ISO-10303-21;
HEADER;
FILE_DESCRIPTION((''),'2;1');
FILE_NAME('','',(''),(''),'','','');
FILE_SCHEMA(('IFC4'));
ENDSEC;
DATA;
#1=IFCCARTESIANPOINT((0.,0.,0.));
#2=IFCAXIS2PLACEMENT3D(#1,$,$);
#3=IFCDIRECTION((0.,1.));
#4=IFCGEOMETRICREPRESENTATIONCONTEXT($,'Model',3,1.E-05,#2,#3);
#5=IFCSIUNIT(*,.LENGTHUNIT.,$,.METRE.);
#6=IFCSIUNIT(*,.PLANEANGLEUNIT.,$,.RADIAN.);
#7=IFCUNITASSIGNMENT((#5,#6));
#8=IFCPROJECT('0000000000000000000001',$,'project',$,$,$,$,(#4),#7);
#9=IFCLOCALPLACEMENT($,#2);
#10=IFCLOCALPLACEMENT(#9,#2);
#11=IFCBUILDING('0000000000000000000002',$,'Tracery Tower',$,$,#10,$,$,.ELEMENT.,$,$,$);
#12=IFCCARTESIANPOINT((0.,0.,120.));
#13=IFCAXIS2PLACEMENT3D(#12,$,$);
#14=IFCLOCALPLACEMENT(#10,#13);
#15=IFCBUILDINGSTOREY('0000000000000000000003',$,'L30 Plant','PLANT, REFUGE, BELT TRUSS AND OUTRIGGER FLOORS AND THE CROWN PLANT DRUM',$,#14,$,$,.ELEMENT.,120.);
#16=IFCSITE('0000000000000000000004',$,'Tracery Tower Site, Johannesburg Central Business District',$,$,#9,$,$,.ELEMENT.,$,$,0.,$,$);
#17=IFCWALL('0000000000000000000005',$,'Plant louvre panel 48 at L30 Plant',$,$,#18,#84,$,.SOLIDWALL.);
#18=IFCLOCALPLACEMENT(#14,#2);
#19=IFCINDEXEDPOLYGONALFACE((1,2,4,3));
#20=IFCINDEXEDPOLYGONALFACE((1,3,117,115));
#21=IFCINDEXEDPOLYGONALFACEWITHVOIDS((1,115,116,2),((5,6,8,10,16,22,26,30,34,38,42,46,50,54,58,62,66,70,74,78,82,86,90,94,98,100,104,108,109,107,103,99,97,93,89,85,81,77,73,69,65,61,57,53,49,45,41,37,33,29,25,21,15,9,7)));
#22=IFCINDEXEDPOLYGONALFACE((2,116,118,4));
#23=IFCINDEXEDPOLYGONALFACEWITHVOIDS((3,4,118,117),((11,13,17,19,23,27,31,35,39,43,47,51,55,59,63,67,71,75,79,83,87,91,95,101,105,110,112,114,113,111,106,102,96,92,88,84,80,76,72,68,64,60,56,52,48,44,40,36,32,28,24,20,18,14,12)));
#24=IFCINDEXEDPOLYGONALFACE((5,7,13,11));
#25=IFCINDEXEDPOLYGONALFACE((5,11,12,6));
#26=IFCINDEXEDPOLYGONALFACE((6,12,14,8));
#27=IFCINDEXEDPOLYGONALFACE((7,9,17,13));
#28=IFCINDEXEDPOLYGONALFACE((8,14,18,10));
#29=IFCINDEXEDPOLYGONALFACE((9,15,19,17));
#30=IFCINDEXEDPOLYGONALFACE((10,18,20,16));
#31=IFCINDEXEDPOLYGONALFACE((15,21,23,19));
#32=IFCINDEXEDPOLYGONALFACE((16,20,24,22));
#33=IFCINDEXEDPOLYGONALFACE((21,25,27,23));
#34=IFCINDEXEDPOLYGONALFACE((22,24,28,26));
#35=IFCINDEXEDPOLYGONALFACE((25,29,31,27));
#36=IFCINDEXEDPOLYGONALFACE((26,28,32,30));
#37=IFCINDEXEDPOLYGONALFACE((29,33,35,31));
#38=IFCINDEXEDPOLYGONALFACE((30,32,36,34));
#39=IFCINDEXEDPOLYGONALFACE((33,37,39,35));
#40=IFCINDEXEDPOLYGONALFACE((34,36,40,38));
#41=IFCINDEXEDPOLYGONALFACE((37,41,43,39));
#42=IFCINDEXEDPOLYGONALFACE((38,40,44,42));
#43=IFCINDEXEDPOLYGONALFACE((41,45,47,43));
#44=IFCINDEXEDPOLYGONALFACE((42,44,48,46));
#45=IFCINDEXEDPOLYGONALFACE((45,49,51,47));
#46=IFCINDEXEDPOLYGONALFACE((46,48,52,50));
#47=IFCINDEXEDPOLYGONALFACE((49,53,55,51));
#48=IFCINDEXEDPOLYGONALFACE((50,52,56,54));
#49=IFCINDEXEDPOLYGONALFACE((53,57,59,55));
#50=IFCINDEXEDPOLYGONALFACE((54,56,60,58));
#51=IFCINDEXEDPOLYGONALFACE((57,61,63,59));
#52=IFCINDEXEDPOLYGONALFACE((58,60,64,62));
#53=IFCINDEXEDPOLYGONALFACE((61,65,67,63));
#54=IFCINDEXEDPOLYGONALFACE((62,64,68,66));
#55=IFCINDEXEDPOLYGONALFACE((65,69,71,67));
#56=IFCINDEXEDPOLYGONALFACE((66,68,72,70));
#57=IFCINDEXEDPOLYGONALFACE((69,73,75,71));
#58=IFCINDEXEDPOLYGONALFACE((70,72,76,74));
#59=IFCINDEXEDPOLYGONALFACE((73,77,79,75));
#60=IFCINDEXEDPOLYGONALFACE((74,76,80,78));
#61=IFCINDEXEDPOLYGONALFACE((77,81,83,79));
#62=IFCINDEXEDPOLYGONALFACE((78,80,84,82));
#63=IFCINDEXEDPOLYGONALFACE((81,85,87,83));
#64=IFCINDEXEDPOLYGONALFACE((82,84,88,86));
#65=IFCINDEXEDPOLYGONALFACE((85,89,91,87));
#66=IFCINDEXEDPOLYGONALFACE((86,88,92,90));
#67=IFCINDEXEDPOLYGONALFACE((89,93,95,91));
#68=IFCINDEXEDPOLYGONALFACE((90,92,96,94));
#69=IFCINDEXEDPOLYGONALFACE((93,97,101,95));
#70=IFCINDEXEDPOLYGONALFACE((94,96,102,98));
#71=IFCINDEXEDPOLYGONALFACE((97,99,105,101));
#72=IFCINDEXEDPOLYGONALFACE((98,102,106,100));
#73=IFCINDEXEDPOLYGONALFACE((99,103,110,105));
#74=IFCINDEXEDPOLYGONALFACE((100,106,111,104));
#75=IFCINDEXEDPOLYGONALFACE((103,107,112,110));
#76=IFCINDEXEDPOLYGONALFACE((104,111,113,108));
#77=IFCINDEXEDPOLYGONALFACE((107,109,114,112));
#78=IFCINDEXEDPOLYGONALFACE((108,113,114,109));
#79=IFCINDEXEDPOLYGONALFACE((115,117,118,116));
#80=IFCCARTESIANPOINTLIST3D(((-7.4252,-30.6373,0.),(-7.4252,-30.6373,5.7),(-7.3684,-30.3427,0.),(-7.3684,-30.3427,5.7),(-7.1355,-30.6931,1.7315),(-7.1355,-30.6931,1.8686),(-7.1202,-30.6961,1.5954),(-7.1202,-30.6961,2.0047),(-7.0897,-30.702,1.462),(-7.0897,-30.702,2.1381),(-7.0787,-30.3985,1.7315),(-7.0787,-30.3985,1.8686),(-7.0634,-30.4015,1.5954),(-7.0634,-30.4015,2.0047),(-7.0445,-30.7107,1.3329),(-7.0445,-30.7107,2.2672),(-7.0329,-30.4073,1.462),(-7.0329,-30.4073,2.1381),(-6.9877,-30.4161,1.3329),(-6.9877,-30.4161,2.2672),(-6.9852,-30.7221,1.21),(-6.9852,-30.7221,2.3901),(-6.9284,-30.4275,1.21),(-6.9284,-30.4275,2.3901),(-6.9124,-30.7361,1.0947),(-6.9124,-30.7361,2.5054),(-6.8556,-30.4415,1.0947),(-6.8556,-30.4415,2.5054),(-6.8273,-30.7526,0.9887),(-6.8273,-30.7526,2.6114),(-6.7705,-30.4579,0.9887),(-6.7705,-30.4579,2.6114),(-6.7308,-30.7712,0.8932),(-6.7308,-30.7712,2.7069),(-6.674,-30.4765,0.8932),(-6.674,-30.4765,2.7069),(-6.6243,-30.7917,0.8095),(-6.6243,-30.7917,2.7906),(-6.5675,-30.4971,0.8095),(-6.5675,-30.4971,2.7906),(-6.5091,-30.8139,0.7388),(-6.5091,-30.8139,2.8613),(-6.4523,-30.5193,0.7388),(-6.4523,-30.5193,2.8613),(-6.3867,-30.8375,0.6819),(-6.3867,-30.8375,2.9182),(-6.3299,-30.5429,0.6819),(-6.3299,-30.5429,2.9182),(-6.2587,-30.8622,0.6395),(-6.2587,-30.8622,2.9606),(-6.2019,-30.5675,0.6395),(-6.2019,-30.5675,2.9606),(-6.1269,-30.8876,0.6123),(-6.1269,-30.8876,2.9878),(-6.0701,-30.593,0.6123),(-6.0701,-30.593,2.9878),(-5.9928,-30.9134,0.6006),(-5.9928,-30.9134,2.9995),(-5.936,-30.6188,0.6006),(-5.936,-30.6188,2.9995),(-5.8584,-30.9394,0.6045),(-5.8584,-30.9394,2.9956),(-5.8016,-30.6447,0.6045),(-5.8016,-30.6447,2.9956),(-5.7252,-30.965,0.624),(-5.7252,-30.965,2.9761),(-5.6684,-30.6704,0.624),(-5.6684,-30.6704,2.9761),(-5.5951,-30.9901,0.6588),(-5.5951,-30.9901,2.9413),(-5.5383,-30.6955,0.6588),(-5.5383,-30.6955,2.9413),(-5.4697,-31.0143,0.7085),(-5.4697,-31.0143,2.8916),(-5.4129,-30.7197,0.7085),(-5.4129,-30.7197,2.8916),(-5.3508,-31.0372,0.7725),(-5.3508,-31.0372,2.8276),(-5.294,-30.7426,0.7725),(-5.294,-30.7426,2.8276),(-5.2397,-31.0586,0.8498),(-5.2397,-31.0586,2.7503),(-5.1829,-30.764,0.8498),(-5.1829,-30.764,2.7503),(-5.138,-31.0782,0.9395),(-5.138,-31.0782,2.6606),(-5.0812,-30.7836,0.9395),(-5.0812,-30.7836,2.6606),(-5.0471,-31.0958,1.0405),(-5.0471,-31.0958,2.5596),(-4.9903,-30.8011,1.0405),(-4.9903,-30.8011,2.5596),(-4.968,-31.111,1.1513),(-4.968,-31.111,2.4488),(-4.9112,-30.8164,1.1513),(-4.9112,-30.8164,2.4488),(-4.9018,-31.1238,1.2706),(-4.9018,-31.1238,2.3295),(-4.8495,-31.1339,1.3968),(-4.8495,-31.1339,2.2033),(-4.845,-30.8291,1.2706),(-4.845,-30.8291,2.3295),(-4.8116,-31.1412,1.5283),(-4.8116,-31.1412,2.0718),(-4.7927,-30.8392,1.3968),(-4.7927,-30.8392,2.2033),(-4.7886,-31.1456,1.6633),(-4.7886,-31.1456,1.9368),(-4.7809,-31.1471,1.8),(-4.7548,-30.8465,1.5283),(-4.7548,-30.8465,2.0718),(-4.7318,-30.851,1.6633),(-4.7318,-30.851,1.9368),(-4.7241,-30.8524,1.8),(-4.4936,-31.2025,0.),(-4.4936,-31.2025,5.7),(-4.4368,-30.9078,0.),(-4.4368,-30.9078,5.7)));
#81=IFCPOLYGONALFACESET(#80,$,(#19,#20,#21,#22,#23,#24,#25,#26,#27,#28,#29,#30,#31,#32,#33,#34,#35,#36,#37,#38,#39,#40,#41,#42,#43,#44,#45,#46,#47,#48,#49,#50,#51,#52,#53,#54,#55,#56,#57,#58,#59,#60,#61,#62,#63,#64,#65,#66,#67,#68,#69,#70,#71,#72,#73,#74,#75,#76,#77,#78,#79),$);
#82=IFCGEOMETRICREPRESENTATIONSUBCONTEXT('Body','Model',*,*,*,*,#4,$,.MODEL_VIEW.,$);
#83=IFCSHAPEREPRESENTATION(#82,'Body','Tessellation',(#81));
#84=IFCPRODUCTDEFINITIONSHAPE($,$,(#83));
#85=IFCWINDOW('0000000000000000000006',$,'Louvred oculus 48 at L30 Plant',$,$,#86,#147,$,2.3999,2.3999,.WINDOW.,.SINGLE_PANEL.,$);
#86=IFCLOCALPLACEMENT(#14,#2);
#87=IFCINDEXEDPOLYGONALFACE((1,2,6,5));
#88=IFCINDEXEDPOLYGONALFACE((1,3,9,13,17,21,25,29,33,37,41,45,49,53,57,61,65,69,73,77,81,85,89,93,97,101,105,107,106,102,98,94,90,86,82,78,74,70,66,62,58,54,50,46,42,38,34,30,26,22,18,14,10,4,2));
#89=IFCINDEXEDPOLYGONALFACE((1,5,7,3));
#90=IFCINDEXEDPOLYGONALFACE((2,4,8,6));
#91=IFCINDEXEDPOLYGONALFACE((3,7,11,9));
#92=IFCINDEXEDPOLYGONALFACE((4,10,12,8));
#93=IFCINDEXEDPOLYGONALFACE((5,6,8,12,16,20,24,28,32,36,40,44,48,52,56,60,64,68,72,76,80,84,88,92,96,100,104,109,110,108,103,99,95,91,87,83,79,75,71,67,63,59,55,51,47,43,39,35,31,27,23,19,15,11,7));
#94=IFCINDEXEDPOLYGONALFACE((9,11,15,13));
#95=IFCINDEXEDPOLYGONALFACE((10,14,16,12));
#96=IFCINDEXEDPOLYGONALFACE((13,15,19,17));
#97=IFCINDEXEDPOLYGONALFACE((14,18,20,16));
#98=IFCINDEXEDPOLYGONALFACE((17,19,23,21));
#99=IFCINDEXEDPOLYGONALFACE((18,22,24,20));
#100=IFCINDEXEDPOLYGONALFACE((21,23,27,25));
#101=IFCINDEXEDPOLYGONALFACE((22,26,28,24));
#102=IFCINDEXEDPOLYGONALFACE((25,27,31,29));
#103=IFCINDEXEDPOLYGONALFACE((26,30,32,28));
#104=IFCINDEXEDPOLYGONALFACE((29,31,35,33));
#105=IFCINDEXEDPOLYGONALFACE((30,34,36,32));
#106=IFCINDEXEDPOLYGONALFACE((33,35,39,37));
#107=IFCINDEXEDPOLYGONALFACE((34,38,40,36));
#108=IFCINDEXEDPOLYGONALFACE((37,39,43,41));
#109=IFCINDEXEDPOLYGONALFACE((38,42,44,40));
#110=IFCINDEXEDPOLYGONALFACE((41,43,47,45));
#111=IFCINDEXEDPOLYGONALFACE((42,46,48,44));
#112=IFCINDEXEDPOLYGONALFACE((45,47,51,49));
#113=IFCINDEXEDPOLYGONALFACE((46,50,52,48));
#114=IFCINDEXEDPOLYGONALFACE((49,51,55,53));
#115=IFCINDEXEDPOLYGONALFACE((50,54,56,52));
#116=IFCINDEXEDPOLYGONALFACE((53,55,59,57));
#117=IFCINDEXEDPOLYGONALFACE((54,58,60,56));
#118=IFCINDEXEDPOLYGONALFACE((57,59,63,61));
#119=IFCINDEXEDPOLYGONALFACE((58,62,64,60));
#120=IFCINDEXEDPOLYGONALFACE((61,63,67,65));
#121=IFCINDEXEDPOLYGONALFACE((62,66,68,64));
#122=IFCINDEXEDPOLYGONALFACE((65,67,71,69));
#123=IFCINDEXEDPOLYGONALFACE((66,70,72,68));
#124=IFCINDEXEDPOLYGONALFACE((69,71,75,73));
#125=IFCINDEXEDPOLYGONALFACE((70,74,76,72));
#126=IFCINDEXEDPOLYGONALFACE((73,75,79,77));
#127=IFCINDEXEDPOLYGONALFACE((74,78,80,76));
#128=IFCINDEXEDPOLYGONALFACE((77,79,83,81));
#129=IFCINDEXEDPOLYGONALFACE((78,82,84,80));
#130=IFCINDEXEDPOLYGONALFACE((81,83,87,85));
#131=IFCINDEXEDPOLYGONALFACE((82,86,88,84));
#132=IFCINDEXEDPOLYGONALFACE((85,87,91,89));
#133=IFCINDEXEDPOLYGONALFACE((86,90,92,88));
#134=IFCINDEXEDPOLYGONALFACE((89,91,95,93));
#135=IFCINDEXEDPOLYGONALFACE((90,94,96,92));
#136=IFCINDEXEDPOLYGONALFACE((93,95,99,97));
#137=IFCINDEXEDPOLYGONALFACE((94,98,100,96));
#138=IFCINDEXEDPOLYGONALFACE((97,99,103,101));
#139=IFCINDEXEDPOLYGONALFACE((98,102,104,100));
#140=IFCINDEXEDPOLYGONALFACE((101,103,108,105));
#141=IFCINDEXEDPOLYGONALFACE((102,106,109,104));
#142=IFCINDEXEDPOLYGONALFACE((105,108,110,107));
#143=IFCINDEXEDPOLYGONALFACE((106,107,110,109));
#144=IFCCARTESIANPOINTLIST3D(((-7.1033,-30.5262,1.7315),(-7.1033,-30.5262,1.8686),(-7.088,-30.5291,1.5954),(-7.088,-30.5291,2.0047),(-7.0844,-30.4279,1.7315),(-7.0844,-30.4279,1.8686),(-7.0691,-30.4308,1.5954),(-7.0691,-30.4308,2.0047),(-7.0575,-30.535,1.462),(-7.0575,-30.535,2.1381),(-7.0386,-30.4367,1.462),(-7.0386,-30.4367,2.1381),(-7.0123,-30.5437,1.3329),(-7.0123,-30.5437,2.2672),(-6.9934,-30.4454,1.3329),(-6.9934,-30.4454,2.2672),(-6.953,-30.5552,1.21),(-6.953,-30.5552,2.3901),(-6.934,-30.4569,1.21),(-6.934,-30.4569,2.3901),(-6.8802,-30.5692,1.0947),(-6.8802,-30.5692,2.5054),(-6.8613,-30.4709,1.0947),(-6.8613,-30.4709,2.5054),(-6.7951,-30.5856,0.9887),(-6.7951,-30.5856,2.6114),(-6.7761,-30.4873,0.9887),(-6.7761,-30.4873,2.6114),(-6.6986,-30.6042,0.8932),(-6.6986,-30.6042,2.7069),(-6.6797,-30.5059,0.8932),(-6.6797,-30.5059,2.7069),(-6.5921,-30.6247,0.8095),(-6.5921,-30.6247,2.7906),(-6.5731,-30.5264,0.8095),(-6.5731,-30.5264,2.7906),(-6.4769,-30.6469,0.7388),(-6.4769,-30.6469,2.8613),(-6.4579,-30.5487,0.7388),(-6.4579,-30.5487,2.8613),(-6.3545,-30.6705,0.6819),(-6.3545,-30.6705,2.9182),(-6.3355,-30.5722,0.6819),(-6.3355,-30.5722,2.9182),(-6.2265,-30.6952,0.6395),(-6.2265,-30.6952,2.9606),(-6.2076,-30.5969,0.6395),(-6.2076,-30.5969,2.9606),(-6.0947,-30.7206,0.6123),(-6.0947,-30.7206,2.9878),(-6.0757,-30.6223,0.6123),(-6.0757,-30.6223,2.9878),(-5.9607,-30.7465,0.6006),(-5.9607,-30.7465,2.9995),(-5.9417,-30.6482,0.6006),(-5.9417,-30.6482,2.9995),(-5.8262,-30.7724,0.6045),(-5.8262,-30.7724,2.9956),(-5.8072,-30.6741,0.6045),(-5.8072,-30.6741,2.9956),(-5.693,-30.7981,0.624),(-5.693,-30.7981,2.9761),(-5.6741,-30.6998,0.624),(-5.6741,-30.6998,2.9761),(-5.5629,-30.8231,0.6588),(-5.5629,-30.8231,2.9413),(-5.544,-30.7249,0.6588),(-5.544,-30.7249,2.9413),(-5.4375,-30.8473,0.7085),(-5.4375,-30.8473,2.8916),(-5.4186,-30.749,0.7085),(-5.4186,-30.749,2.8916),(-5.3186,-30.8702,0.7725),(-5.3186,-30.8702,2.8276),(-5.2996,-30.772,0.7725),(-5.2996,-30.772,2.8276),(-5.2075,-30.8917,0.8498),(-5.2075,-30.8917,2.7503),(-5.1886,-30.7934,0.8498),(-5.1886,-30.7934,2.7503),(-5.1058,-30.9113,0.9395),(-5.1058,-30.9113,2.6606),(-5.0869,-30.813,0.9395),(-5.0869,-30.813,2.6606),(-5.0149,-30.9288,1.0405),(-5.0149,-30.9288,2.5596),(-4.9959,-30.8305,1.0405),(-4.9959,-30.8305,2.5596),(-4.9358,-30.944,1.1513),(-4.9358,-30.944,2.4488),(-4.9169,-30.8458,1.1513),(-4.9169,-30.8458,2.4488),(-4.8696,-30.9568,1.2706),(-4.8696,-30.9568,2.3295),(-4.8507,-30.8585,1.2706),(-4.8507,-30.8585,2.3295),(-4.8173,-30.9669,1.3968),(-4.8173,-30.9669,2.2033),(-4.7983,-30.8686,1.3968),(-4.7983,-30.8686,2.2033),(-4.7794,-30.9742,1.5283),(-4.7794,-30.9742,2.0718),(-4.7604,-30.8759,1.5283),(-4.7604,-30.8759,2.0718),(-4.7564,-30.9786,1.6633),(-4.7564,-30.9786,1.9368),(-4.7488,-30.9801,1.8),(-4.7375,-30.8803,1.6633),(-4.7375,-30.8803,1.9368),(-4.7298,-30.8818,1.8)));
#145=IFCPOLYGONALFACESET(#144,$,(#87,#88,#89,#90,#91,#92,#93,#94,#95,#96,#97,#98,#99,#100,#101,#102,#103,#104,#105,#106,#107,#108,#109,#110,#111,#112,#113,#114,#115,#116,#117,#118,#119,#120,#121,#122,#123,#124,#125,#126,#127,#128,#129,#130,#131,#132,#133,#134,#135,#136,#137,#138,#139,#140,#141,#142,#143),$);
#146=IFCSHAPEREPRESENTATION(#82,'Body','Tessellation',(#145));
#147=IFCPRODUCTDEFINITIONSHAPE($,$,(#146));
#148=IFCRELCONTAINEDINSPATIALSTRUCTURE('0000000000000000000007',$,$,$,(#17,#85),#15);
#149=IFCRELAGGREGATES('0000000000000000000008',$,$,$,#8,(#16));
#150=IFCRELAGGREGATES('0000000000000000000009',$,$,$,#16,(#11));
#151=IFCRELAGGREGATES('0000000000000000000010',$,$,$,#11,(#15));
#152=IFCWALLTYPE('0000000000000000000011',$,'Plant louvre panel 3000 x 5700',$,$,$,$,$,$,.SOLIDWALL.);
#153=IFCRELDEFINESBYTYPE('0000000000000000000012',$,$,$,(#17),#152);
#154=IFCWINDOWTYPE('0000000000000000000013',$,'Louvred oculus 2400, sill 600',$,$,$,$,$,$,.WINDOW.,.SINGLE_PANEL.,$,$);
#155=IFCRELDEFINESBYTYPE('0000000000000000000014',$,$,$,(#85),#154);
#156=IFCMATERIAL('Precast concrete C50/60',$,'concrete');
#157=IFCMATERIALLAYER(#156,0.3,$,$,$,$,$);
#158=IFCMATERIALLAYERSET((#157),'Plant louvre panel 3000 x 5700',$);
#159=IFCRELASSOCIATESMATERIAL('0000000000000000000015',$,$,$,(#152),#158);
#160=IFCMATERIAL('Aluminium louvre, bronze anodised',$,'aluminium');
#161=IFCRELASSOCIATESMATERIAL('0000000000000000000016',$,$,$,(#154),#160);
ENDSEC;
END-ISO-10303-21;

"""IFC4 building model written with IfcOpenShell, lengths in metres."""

from ifc_helpers import new_model, si_unit, direction, frame, frame_2d, origin, origin_2d, place, context, subcontext, project, spatial, rectangle, circle, extrude, material, layer, layer_set, type_object, element, fill, save


model = new_model("IFC4")

# Units and contexts
model_context = context("Model", 3, precision=1e-05, world=origin(), true_north=direction((0.0, 1.0)))
body_context = subcontext(model_context, "Body", "Model", "MODEL_VIEW")
ifc_project = project(units=[si_unit("LENGTHUNIT", "METRE"), si_unit("PLANEANGLEUNIT", "RADIAN")], contexts=[model_context])

# Site, building, storey
site_placement = place(None, origin())
site = spatial("IfcSite", under=ifc_project, at=site_placement, Name="Tracery Tower Site, Johannesburg Central Business District", CompositionType="ELEMENT", RefElevation=0.0)
building_placement = place(site_placement, origin())
building = spatial("IfcBuilding", under=site, at=building_placement, Name="Tracery Tower", CompositionType="ELEMENT")
storey_placement = place(building_placement, frame((0.0, 0.0, 120.0)))
storey = spatial("IfcBuildingStorey", under=building, at=storey_placement, Name="L30 Plant", Description="PLANT, REFUGE, BELT TRUSS AND OUTRIGGER FLOORS AND THE CROWN PLANT DRUM", CompositionType="ELEMENT", Elevation=120.0)

# Wall, opening, window
ifc_material_1 = material(Name="Precast concrete C50/60", Category="concrete")
ifc_layer_1 = layer(ifc_material_1, 0.3)
ifc_layer_set_1 = layer_set([ifc_layer_1], Name="Plant louvre panel 3000 x 5700")
wall_type_1 = type_object("IfcWallType", Name="Plant louvre panel 3000 x 5700", PredefinedType="SOLIDWALL", material=ifc_layer_set_1)
ifc_material_2 = material(Name="Aluminium louvre, bronze anodised", Category="aluminium")
window_type = type_object("IfcWindowType", Name="Louvred oculus 2400, sill 600", PartitioningType="SINGLE_PANEL", PredefinedType="WINDOW", material=ifc_material_2)
wall_1_placement = place(storey_placement, frame((-7.3967, -30.49, 0.0), z_axis=(0.0, 0.0, 1.0), x_axis=(0.981919, -0.189302, 0.0)))
wall_1 = element("IfcWall", 1, at=wall_1_placement, inside=storey, type_object=wall_type_1, Name="Plant louvre panel 48 at L30 Plant", PredefinedType="SOLIDWALL", context=body_context, shape_type="SweptSolid", body=[
    extrude(rectangle(XDim=2.9856, YDim=0.3, at=frame_2d((1.4927, 0.0))), origin(), (0.0, 0.0, 1.0), 5.7),
])
opening_1_placement = place(wall_1_placement, frame((1.4929, 0.0, 1.8)))
opening_1 = element("IfcOpeningElement", 2, at=opening_1_placement, cuts=wall_1, PredefinedType="OPENING", context=body_context, shape_type="SweptSolid", body=[
    extrude(circle(Radius=1.2, at=origin_2d()), frame((0.0, 0.1599, 0.0), z_axis=(0.0, -1.0, 0.0), x_axis=(1.0, 0.0, 0.0)), (0.0, 0.0, 1.0), 0.3201),
])
window_1_placement = place(opening_1_placement, origin())
window_1 = element("IfcWindow", 3, at=window_1_placement, inside=storey, type_object=window_type, Name="Louvred oculus 48 at L30 Plant", OverallHeight=2.3999, OverallWidth=2.3999, PartitioningType="SINGLE_PANEL", PredefinedType="WINDOW", context=body_context, shape_type="SweptSolid", body=[
    extrude(circle(Radius=1.2, at=origin_2d()), frame((0.0, 0.1201, 0.0), z_axis=(0.0, -1.0, 0.0), x_axis=(1.0, 0.0, 0.0)), (0.0, 0.0, 1.0), 0.1001),
])
fill(opening_1, window_1)

save(model, "model.ifc")
